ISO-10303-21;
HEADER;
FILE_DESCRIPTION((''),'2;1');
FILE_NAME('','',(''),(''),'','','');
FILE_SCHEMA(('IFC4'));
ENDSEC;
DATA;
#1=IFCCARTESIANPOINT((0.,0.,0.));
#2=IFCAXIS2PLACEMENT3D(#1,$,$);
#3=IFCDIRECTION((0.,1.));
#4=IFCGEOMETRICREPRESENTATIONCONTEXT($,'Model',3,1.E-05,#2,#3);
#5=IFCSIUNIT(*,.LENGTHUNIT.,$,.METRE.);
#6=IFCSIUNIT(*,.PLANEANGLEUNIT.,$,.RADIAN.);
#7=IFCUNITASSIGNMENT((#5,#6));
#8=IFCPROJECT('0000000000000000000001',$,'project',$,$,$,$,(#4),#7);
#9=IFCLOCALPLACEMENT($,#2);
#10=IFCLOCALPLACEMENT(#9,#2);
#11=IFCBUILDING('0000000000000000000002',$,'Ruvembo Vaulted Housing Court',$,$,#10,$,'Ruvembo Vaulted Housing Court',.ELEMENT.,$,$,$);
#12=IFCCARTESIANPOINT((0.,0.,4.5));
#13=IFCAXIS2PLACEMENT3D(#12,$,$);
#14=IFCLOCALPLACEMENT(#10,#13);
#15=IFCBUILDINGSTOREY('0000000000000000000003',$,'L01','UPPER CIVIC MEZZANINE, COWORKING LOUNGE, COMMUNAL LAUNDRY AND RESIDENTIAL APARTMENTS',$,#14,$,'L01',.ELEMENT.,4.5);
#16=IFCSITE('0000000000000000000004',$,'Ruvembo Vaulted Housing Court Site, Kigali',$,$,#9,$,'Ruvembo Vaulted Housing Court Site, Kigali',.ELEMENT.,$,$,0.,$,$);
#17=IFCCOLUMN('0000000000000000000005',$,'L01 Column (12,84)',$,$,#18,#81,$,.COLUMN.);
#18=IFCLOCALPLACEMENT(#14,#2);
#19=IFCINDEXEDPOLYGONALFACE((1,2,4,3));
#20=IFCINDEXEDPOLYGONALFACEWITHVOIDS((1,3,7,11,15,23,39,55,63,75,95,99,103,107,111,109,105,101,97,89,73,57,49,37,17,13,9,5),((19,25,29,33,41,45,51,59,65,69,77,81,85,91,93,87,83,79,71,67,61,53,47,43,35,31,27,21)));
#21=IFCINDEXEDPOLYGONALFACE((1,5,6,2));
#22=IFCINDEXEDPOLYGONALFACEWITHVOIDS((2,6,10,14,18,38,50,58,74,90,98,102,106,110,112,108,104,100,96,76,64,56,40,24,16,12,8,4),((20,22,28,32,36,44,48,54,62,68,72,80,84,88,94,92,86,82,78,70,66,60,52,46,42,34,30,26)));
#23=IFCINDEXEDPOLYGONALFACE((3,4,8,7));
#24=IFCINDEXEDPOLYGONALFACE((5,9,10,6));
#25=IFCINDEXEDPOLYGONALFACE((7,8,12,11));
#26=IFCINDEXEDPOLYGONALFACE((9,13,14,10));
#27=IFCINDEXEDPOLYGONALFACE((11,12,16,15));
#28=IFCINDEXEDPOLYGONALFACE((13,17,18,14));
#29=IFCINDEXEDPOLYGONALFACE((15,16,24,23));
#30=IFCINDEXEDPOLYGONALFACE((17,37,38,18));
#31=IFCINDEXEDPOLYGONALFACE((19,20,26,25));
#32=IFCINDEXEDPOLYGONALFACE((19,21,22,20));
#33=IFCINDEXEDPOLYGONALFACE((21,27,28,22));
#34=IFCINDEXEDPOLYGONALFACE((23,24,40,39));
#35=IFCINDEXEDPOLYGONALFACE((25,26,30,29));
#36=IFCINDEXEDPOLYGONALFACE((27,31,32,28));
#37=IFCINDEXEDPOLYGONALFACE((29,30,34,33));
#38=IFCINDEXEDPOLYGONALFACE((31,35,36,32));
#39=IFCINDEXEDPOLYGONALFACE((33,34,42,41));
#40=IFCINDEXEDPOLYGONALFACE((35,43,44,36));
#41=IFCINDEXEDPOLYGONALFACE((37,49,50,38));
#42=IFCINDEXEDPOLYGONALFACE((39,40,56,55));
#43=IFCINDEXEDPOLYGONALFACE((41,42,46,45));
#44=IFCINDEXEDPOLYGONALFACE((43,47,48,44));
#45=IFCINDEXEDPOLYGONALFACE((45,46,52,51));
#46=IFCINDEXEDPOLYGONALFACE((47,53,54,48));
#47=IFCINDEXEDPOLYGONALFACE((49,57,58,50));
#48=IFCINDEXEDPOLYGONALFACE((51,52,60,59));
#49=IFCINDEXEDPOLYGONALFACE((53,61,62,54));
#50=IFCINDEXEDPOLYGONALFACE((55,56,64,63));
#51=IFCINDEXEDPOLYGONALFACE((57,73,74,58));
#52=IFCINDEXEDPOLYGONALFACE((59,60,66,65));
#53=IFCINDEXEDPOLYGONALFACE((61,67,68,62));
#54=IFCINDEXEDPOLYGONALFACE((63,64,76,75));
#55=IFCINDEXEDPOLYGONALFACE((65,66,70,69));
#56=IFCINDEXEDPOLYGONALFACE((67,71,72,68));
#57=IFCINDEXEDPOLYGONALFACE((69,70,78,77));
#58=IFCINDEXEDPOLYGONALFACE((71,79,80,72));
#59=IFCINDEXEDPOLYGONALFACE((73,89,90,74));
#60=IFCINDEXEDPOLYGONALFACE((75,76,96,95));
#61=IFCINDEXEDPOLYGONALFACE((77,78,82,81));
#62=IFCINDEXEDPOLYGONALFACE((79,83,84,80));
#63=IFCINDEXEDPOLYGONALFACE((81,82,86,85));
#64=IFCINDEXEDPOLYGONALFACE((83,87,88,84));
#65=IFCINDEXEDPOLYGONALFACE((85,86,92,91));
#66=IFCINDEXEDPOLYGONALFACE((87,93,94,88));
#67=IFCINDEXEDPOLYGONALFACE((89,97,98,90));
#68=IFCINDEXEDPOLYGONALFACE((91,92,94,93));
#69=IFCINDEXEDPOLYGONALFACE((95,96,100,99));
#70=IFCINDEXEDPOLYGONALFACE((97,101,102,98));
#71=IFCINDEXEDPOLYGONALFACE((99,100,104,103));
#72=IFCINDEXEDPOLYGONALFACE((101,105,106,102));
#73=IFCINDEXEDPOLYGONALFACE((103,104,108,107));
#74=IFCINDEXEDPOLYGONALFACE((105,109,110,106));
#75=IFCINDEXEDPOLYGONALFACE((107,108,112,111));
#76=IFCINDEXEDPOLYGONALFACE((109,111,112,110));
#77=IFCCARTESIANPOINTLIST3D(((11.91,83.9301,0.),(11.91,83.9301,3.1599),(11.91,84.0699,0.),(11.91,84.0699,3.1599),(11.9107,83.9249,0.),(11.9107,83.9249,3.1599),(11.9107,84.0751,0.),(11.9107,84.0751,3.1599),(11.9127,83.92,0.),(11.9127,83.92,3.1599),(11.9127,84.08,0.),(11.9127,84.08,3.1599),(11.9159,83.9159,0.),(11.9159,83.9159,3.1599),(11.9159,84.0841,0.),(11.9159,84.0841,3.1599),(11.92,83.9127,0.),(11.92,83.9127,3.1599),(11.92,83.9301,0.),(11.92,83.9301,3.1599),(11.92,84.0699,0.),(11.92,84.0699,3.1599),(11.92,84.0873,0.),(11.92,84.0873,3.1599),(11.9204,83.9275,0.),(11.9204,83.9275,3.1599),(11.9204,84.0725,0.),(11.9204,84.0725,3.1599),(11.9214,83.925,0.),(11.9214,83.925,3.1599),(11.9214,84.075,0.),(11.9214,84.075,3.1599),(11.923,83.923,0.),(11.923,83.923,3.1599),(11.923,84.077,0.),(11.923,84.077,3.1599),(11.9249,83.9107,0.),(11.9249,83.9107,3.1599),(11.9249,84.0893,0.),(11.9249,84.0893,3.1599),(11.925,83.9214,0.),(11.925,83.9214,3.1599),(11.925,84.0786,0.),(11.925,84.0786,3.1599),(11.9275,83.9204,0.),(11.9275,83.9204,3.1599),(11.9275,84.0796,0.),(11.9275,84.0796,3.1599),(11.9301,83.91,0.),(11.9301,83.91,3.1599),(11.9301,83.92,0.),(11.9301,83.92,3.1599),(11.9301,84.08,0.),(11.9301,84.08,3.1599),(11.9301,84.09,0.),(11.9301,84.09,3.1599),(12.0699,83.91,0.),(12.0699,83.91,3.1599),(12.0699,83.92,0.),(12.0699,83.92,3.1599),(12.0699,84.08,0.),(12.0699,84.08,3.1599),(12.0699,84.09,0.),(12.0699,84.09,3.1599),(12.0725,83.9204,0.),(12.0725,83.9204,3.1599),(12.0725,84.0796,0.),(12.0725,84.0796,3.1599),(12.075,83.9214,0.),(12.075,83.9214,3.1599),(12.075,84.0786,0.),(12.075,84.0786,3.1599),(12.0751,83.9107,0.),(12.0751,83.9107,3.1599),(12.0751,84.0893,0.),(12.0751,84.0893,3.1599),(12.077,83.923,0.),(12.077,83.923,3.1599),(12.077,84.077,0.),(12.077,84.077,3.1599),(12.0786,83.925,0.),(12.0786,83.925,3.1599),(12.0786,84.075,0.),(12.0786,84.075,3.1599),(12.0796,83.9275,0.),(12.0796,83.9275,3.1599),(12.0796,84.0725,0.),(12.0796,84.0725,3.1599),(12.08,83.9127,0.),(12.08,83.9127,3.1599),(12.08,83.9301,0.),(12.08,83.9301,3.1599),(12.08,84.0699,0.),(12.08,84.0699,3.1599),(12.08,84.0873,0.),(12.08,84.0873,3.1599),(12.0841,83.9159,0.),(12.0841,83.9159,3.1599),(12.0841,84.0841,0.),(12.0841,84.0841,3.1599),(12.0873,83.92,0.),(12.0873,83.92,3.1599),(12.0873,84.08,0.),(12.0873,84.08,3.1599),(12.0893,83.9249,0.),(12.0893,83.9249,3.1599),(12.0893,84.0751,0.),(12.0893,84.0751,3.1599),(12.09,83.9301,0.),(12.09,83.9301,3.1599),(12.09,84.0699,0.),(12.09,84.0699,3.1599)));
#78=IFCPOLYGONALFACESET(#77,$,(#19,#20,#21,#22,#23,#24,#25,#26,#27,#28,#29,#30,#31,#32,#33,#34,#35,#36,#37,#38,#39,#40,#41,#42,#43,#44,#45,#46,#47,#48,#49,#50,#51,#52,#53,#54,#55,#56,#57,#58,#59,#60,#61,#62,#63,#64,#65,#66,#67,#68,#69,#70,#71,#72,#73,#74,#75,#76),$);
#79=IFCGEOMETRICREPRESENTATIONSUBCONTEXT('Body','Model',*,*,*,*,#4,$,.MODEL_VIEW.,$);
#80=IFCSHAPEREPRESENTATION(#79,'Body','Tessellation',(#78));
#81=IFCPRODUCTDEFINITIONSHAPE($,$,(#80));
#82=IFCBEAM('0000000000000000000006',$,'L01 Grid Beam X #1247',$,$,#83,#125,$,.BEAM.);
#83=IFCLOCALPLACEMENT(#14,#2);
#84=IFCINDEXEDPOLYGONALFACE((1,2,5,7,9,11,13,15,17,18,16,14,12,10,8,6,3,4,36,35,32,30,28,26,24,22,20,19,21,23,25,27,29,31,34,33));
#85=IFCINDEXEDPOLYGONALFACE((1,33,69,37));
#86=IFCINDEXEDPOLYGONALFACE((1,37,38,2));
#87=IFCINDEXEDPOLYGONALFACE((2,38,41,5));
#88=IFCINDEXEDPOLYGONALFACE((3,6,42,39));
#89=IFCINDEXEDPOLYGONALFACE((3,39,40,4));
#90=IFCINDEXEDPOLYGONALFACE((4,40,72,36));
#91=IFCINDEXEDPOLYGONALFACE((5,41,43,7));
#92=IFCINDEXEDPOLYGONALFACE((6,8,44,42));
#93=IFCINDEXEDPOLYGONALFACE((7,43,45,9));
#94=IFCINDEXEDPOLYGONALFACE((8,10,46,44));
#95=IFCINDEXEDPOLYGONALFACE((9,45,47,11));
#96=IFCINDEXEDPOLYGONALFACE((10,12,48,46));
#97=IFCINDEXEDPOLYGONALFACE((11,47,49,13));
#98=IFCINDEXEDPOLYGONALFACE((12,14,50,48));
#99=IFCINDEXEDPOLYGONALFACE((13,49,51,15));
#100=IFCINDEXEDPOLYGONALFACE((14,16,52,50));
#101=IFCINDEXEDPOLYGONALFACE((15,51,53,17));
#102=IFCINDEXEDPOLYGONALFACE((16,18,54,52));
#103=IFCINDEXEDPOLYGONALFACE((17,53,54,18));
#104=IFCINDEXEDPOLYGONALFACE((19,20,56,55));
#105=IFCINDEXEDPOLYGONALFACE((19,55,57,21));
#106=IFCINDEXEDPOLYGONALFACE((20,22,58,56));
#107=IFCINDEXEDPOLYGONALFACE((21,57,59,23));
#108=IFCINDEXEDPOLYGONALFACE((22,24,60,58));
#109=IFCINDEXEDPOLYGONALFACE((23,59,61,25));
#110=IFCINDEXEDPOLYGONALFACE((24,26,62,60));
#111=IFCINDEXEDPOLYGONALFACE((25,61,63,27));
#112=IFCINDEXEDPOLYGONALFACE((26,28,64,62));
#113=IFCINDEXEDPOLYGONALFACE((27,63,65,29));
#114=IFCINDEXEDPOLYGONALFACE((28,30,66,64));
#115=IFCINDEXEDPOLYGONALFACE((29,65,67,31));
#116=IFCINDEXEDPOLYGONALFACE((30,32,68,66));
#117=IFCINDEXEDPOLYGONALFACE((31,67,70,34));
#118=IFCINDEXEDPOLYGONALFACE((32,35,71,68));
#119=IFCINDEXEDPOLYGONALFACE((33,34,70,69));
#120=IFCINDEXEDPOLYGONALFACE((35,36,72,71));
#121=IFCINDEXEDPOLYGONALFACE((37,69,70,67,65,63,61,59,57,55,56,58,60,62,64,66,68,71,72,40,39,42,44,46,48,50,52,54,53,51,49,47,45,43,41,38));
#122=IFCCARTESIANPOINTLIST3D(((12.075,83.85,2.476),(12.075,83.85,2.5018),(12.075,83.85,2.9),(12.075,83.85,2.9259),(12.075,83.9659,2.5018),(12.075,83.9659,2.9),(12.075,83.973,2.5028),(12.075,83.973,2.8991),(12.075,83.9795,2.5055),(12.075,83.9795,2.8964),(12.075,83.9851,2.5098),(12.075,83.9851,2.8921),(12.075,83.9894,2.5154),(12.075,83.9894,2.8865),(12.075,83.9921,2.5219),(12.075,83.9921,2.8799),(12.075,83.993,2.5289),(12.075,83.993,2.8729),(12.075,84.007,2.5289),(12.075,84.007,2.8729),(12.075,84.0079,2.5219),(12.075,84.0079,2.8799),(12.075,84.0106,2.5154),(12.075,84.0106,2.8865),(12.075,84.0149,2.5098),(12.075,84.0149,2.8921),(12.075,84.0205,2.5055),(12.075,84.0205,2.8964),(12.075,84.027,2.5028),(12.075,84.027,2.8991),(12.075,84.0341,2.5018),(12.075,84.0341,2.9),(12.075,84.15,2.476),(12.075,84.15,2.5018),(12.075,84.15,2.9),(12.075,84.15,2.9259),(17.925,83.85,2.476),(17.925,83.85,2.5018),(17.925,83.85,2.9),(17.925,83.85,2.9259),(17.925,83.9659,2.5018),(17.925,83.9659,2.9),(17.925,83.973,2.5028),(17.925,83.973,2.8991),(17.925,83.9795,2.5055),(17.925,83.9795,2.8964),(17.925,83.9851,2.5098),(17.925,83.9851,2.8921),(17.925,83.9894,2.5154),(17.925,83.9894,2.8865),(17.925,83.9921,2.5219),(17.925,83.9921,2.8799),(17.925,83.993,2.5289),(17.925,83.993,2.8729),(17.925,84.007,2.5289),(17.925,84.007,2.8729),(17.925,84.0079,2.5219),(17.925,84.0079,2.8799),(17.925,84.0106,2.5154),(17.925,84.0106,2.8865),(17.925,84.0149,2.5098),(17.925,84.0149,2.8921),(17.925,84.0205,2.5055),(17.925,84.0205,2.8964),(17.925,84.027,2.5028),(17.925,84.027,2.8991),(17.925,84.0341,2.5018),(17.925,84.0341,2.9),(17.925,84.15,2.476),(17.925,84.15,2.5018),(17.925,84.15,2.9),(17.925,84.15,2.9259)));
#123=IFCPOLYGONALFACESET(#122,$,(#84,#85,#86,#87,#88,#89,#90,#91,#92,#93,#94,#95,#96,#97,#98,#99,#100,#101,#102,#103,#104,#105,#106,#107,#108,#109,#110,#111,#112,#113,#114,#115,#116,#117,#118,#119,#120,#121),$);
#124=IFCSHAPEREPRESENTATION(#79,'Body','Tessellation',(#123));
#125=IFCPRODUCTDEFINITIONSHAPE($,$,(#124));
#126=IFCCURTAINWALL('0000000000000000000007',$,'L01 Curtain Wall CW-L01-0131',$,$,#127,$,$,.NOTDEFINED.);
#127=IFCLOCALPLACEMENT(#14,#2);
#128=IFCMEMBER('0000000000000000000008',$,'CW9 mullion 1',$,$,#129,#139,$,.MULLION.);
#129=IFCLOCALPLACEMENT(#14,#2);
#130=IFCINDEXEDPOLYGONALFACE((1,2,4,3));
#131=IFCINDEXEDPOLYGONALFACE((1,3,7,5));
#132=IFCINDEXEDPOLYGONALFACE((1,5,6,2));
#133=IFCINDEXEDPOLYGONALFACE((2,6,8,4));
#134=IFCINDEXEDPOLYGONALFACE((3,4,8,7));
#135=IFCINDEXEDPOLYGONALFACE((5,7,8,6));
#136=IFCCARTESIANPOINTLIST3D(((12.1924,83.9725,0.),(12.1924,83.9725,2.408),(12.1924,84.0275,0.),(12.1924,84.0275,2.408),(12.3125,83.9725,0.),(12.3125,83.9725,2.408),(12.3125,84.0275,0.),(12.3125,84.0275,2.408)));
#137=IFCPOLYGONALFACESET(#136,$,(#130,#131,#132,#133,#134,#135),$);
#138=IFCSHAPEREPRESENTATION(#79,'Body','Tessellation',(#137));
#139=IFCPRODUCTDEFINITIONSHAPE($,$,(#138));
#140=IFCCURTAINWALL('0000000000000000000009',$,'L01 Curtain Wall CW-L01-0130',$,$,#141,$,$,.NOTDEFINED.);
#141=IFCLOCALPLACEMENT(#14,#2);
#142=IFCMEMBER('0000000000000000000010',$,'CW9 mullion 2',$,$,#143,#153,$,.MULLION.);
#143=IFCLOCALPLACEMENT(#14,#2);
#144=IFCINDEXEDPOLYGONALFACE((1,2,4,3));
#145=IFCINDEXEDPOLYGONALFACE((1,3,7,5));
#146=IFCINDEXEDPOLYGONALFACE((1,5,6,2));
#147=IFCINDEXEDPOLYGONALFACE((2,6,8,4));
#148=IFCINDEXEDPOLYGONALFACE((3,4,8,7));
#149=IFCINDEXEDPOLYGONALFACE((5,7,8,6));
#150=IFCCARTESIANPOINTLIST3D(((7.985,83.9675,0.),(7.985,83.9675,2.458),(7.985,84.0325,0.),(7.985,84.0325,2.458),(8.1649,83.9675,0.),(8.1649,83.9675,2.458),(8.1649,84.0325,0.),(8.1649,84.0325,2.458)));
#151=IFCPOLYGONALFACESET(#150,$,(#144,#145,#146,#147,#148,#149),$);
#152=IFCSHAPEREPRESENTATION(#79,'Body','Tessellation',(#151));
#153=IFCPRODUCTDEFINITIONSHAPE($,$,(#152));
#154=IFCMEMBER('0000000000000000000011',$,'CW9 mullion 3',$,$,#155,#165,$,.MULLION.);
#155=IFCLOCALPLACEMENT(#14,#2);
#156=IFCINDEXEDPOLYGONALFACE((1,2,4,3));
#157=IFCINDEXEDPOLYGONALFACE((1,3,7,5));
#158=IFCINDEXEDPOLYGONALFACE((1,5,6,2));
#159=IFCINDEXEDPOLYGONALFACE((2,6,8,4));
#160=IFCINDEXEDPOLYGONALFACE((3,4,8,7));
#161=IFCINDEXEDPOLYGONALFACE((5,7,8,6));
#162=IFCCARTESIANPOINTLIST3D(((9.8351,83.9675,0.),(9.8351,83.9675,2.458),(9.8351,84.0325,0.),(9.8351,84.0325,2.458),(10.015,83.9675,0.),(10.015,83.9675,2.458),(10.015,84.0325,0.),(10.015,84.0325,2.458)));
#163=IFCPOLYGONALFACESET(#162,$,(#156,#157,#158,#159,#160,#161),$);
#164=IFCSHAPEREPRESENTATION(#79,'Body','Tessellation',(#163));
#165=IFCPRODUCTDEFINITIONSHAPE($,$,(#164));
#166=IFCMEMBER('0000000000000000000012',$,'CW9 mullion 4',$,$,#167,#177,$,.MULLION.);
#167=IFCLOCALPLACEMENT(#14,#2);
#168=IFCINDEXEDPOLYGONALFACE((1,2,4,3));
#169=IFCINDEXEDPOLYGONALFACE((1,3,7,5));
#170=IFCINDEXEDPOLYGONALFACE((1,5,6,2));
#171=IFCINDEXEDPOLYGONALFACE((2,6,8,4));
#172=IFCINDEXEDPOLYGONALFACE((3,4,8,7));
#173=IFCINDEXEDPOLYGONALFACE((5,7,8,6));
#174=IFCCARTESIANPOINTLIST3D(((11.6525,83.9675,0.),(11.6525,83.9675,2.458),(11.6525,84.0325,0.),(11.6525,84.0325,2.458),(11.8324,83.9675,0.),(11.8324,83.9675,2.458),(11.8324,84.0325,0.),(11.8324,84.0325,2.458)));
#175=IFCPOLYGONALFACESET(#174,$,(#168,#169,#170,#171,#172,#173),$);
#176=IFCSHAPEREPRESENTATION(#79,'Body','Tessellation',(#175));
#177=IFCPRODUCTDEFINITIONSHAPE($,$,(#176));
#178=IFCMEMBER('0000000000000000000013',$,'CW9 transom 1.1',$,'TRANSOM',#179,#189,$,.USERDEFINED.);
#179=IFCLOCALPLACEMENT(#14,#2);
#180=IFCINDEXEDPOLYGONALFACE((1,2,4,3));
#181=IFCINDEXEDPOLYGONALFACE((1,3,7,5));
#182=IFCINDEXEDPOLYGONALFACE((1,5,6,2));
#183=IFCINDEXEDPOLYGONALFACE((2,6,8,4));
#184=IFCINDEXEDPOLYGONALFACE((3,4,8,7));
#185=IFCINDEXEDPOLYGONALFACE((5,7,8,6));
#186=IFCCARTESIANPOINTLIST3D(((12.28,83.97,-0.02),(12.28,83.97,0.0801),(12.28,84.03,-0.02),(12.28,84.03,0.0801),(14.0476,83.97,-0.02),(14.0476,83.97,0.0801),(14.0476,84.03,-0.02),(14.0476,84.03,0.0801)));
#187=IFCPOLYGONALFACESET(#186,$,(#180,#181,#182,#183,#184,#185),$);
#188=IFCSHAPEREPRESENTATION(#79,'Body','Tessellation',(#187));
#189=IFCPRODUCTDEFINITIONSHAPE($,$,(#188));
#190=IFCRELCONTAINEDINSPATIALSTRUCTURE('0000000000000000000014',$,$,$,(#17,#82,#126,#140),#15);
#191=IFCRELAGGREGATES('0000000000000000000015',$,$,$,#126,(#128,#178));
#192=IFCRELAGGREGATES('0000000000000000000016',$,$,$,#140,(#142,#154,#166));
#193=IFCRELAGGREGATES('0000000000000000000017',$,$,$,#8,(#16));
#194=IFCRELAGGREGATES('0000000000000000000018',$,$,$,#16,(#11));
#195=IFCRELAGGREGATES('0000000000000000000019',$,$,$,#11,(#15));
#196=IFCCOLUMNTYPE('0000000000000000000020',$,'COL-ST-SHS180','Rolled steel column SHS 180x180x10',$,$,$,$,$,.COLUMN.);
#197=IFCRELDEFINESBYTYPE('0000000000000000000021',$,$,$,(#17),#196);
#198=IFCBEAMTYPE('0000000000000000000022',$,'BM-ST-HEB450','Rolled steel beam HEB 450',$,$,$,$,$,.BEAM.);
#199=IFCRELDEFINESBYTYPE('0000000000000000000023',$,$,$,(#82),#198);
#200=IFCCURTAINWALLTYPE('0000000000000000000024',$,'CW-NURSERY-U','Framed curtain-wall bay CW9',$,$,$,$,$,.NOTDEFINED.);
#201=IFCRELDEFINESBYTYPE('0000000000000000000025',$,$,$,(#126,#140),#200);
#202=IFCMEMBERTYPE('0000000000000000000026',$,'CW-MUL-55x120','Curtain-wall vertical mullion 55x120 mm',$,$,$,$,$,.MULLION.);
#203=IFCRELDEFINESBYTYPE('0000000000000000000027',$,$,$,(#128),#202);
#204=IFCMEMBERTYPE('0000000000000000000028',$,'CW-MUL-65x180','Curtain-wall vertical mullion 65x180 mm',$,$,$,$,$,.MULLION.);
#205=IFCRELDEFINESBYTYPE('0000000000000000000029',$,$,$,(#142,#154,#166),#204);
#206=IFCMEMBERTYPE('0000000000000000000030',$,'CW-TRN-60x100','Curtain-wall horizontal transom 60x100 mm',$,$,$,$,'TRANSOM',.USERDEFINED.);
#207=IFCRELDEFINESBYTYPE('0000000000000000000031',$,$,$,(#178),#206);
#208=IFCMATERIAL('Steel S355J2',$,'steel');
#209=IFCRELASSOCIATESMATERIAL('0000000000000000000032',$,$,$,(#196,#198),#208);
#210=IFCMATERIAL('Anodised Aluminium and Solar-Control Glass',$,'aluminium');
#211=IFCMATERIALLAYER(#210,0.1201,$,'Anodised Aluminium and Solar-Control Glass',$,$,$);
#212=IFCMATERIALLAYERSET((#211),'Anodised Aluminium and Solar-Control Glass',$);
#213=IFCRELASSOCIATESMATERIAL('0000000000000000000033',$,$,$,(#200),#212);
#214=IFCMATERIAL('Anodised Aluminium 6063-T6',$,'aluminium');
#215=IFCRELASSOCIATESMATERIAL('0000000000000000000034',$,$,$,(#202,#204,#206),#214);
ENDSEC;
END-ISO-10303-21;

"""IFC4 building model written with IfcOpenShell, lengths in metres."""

from ifc_helpers import new_model, si_unit, direction, frame, origin, origin_2d, place, context, subcontext, project, spatial, rectangle, hollow_rectangle, i_section, extrude, material, layer, layer_set, material_profile, profile_set, type_object, element, aggregate, save


model = new_model("IFC4")

# Units and contexts
model_context = context("Model", 3, precision=1e-05, world=origin(), true_north=direction((0.0, 1.0)))
body_context = subcontext(model_context, "Body", "Model", "MODEL_VIEW")
ifc_project = project(units=[si_unit("LENGTHUNIT", "METRE"), si_unit("PLANEANGLEUNIT", "RADIAN")], contexts=[model_context])

# Site, building, storey
site_placement = place(None, origin())
site = spatial("IfcSite", under=ifc_project, at=site_placement, Name="Ruvembo Vaulted Housing Court Site, Kigali", LongName="Ruvembo Vaulted Housing Court Site, Kigali", CompositionType="ELEMENT", RefElevation=0.0)
building_placement = place(site_placement, origin())
building = spatial("IfcBuilding", under=site, at=building_placement, Name="Ruvembo Vaulted Housing Court", LongName="Ruvembo Vaulted Housing Court", CompositionType="ELEMENT")
storey_placement = place(building_placement, frame((0.0, 0.0, 4.5)))
storey = spatial("IfcBuildingStorey", under=building, at=storey_placement, Name="L01", Description="UPPER CIVIC MEZZANINE, COWORKING LOUNGE, COMMUNAL LAUNDRY AND RESIDENTIAL APARTMENTS", LongName="L01", CompositionType="ELEMENT", Elevation=4.5)

# Column
ifc_material_1 = material(Name="Steel S355J2", Category="steel")
ifc_material_profile_1 = material_profile(ifc_material_1, hollow_rectangle(XDim=0.1799, YDim=0.1799, WallThickness=0.01, InnerFilletRadius=0.01, OuterFilletRadius=0.02, at=origin_2d()), Name="SHS 180x180x10")
ifc_profile_set_1 = profile_set([ifc_material_profile_1], Name="Steel S355J2")
column_type = type_object("IfcColumnType", Name="COL-ST-SHS180", Description="Rolled steel column SHS 180x180x10", PredefinedType="COLUMN", material=ifc_profile_set_1)
column_placement = place(storey_placement, frame((12.0, 84.0, 0.0), z_axis=(0.0, 0.0, 1.0), x_axis=(1.0, 0.0, 0.0)))
element("IfcColumn", 1, at=column_placement, inside=storey, type_object=column_type, Name="L01 Column (12,84)", PredefinedType="COLUMN", context=body_context, shape_type="SweptSolid", body=[
    extrude(hollow_rectangle(XDim=0.1799, YDim=0.1799, WallThickness=0.01, InnerFilletRadius=0.01, OuterFilletRadius=0.02, at=origin_2d()), origin(), (0.0, 0.0, 1.0), 3.1599),
])

# Beam
ifc_material_profile_2 = material_profile(ifc_material_1, i_section(OverallWidth=0.3, OverallDepth=0.45, WebThickness=0.0139, FlangeThickness=0.0259, FilletRadius=0.0271, at=origin_2d()), Name="HEB 450")
ifc_profile_set_2 = profile_set([ifc_material_profile_2], Name="Steel S355J2")
beam_type = type_object("IfcBeamType", Name="BM-ST-HEB450", Description="Rolled steel beam HEB 450", PredefinedType="BEAM", material=ifc_profile_set_2)
beam_placement = place(storey_placement, frame((12.075, 84.0, 2.7009), z_axis=(1.0, 0.0, 0.0), x_axis=(0.0, 1.0, 0.0)))
element("IfcBeam", 2, at=beam_placement, inside=storey, type_object=beam_type, Name="L01 Grid Beam X #1247", PredefinedType="BEAM", context=body_context, shape_type="SweptSolid", body=[
    extrude(i_section(OverallWidth=0.3, OverallDepth=0.45, WebThickness=0.0139, FlangeThickness=0.0259, FilletRadius=0.0271, at=origin_2d()), origin(), (0.0, 0.0, 1.0), 5.8501),
])

# Curtain wall, member
ifc_material_2 = material(Name="Anodised Aluminium and Solar-Control Glass", Category="aluminium")
ifc_layer_1 = layer(ifc_material_2, 0.1201, Name="Anodised Aluminium and Solar-Control Glass")
ifc_layer_set_1 = layer_set([ifc_layer_1], Name="Anodised Aluminium and Solar-Control Glass")
curtain_wall_type = type_object("IfcCurtainWallType", Name="CW-NURSERY-U", Description="Framed curtain-wall bay CW9", PredefinedType="NOTDEFINED", material=ifc_layer_set_1)
curtain_wall_1_placement = place(storey_placement, origin())
curtain_wall_1 = element("IfcCurtainWall", 3, at=curtain_wall_1_placement, inside=storey, type_object=curtain_wall_type, Name="L01 Curtain Wall CW-L01-0131", PredefinedType="NOTDEFINED")
ifc_material_3 = material(Name="Anodised Aluminium 6063-T6", Category="aluminium")
ifc_material_profile_3 = material_profile(ifc_material_3, rectangle(XDim=0.0549, YDim=0.1201, at=origin_2d()), Name="ALU 55x120")
ifc_profile_set_3 = profile_set([ifc_material_profile_3], Name="Anodised Aluminium 6063-T6")
member_type_1 = type_object("IfcMemberType", Name="CW-MUL-55x120", Description="Curtain-wall vertical mullion 55x120 mm", PredefinedType="MULLION", material=ifc_profile_set_3)
member_1_placement = place(storey_placement, frame((12.2524, 84.0, 0.0), z_axis=(0.0, 0.0, 1.0), x_axis=(0.0, 1.0, 0.0)))
member_1 = element("IfcMember", 4, at=member_1_placement, type_object=member_type_1, Name="CW9 mullion 1", PredefinedType="MULLION", context=body_context, shape_type="SweptSolid", body=[
    extrude(rectangle(XDim=0.0549, YDim=0.1201, at=origin_2d()), origin(), (0.0, 0.0, 1.0), 2.408),
])

# Curtain wall, members
curtain_wall_2_placement = place(storey_placement, origin())
curtain_wall_2 = element("IfcCurtainWall", 5, at=curtain_wall_2_placement, inside=storey, type_object=curtain_wall_type, Name="L01 Curtain Wall CW-L01-0130", PredefinedType="NOTDEFINED")
ifc_material_profile_4 = material_profile(ifc_material_3, rectangle(XDim=0.0649, YDim=0.1799, at=origin_2d()), Name="ALU 65x180")
ifc_profile_set_4 = profile_set([ifc_material_profile_4], Name="Anodised Aluminium 6063-T6")
member_type_2 = type_object("IfcMemberType", Name="CW-MUL-65x180", Description="Curtain-wall vertical mullion 65x180 mm", PredefinedType="MULLION", material=ifc_profile_set_4)
member_2_placement = place(storey_placement, frame((8.075, 84.0, 0.0), z_axis=(0.0, 0.0, 1.0), x_axis=(0.0, 1.0, 0.0)))
member_2 = element("IfcMember", 6, at=member_2_placement, type_object=member_type_2, Name="CW9 mullion 2", PredefinedType="MULLION", context=body_context, shape_type="SweptSolid", body=[
    extrude(rectangle(XDim=0.0649, YDim=0.1799, at=origin_2d()), origin(), (0.0, 0.0, 1.0), 2.458),
])
member_3_placement = place(storey_placement, frame((9.925, 84.0, 0.0), z_axis=(0.0, 0.0, 1.0), x_axis=(0.0, 1.0, 0.0)))
member_3 = element("IfcMember", 7, at=member_3_placement, type_object=member_type_2, Name="CW9 mullion 3", PredefinedType="MULLION", context=body_context, shape_type="SweptSolid", body=[
    extrude(rectangle(XDim=0.0649, YDim=0.1799, at=origin_2d()), origin(), (0.0, 0.0, 1.0), 2.458),
])
member_4_placement = place(storey_placement, frame((11.7424, 84.0, 0.0), z_axis=(0.0, 0.0, 1.0), x_axis=(0.0, 1.0, 0.0)))
member_4 = element("IfcMember", 8, at=member_4_placement, type_object=member_type_2, Name="CW9 mullion 4", PredefinedType="MULLION", context=body_context, shape_type="SweptSolid", body=[
    extrude(rectangle(XDim=0.0649, YDim=0.1799, at=origin_2d()), origin(), (0.0, 0.0, 1.0), 2.458),
])

# Member
ifc_material_profile_5 = material_profile(ifc_material_3, rectangle(XDim=0.0601, YDim=0.1001, at=origin_2d()), Name="ALU 60x100")
ifc_profile_set_5 = profile_set([ifc_material_profile_5], Name="Anodised Aluminium 6063-T6")
member_type_3 = type_object("IfcMemberType", Name="CW-TRN-60x100", Description="Curtain-wall horizontal transom 60x100 mm", ElementType="TRANSOM", PredefinedType="USERDEFINED", material=ifc_profile_set_5)
member_5_placement = place(storey_placement, frame((12.28, 84.0, 0.03), z_axis=(1.0, 0.0, 0.0), x_axis=(0.0, 1.0, 0.0)))
member_5 = element("IfcMember", 9, at=member_5_placement, type_object=member_type_3, Name="CW9 transom 1.1", ObjectType="TRANSOM", PredefinedType="USERDEFINED", context=body_context, shape_type="SweptSolid", body=[
    extrude(rectangle(XDim=0.0601, YDim=0.1001, at=origin_2d()), origin(), (0.0, 0.0, 1.0), 1.7676),
])

aggregate(curtain_wall_1, [member_1, member_5])
aggregate(curtain_wall_2, [member_2, member_3, member_4])

save(model, "model.ifc")
